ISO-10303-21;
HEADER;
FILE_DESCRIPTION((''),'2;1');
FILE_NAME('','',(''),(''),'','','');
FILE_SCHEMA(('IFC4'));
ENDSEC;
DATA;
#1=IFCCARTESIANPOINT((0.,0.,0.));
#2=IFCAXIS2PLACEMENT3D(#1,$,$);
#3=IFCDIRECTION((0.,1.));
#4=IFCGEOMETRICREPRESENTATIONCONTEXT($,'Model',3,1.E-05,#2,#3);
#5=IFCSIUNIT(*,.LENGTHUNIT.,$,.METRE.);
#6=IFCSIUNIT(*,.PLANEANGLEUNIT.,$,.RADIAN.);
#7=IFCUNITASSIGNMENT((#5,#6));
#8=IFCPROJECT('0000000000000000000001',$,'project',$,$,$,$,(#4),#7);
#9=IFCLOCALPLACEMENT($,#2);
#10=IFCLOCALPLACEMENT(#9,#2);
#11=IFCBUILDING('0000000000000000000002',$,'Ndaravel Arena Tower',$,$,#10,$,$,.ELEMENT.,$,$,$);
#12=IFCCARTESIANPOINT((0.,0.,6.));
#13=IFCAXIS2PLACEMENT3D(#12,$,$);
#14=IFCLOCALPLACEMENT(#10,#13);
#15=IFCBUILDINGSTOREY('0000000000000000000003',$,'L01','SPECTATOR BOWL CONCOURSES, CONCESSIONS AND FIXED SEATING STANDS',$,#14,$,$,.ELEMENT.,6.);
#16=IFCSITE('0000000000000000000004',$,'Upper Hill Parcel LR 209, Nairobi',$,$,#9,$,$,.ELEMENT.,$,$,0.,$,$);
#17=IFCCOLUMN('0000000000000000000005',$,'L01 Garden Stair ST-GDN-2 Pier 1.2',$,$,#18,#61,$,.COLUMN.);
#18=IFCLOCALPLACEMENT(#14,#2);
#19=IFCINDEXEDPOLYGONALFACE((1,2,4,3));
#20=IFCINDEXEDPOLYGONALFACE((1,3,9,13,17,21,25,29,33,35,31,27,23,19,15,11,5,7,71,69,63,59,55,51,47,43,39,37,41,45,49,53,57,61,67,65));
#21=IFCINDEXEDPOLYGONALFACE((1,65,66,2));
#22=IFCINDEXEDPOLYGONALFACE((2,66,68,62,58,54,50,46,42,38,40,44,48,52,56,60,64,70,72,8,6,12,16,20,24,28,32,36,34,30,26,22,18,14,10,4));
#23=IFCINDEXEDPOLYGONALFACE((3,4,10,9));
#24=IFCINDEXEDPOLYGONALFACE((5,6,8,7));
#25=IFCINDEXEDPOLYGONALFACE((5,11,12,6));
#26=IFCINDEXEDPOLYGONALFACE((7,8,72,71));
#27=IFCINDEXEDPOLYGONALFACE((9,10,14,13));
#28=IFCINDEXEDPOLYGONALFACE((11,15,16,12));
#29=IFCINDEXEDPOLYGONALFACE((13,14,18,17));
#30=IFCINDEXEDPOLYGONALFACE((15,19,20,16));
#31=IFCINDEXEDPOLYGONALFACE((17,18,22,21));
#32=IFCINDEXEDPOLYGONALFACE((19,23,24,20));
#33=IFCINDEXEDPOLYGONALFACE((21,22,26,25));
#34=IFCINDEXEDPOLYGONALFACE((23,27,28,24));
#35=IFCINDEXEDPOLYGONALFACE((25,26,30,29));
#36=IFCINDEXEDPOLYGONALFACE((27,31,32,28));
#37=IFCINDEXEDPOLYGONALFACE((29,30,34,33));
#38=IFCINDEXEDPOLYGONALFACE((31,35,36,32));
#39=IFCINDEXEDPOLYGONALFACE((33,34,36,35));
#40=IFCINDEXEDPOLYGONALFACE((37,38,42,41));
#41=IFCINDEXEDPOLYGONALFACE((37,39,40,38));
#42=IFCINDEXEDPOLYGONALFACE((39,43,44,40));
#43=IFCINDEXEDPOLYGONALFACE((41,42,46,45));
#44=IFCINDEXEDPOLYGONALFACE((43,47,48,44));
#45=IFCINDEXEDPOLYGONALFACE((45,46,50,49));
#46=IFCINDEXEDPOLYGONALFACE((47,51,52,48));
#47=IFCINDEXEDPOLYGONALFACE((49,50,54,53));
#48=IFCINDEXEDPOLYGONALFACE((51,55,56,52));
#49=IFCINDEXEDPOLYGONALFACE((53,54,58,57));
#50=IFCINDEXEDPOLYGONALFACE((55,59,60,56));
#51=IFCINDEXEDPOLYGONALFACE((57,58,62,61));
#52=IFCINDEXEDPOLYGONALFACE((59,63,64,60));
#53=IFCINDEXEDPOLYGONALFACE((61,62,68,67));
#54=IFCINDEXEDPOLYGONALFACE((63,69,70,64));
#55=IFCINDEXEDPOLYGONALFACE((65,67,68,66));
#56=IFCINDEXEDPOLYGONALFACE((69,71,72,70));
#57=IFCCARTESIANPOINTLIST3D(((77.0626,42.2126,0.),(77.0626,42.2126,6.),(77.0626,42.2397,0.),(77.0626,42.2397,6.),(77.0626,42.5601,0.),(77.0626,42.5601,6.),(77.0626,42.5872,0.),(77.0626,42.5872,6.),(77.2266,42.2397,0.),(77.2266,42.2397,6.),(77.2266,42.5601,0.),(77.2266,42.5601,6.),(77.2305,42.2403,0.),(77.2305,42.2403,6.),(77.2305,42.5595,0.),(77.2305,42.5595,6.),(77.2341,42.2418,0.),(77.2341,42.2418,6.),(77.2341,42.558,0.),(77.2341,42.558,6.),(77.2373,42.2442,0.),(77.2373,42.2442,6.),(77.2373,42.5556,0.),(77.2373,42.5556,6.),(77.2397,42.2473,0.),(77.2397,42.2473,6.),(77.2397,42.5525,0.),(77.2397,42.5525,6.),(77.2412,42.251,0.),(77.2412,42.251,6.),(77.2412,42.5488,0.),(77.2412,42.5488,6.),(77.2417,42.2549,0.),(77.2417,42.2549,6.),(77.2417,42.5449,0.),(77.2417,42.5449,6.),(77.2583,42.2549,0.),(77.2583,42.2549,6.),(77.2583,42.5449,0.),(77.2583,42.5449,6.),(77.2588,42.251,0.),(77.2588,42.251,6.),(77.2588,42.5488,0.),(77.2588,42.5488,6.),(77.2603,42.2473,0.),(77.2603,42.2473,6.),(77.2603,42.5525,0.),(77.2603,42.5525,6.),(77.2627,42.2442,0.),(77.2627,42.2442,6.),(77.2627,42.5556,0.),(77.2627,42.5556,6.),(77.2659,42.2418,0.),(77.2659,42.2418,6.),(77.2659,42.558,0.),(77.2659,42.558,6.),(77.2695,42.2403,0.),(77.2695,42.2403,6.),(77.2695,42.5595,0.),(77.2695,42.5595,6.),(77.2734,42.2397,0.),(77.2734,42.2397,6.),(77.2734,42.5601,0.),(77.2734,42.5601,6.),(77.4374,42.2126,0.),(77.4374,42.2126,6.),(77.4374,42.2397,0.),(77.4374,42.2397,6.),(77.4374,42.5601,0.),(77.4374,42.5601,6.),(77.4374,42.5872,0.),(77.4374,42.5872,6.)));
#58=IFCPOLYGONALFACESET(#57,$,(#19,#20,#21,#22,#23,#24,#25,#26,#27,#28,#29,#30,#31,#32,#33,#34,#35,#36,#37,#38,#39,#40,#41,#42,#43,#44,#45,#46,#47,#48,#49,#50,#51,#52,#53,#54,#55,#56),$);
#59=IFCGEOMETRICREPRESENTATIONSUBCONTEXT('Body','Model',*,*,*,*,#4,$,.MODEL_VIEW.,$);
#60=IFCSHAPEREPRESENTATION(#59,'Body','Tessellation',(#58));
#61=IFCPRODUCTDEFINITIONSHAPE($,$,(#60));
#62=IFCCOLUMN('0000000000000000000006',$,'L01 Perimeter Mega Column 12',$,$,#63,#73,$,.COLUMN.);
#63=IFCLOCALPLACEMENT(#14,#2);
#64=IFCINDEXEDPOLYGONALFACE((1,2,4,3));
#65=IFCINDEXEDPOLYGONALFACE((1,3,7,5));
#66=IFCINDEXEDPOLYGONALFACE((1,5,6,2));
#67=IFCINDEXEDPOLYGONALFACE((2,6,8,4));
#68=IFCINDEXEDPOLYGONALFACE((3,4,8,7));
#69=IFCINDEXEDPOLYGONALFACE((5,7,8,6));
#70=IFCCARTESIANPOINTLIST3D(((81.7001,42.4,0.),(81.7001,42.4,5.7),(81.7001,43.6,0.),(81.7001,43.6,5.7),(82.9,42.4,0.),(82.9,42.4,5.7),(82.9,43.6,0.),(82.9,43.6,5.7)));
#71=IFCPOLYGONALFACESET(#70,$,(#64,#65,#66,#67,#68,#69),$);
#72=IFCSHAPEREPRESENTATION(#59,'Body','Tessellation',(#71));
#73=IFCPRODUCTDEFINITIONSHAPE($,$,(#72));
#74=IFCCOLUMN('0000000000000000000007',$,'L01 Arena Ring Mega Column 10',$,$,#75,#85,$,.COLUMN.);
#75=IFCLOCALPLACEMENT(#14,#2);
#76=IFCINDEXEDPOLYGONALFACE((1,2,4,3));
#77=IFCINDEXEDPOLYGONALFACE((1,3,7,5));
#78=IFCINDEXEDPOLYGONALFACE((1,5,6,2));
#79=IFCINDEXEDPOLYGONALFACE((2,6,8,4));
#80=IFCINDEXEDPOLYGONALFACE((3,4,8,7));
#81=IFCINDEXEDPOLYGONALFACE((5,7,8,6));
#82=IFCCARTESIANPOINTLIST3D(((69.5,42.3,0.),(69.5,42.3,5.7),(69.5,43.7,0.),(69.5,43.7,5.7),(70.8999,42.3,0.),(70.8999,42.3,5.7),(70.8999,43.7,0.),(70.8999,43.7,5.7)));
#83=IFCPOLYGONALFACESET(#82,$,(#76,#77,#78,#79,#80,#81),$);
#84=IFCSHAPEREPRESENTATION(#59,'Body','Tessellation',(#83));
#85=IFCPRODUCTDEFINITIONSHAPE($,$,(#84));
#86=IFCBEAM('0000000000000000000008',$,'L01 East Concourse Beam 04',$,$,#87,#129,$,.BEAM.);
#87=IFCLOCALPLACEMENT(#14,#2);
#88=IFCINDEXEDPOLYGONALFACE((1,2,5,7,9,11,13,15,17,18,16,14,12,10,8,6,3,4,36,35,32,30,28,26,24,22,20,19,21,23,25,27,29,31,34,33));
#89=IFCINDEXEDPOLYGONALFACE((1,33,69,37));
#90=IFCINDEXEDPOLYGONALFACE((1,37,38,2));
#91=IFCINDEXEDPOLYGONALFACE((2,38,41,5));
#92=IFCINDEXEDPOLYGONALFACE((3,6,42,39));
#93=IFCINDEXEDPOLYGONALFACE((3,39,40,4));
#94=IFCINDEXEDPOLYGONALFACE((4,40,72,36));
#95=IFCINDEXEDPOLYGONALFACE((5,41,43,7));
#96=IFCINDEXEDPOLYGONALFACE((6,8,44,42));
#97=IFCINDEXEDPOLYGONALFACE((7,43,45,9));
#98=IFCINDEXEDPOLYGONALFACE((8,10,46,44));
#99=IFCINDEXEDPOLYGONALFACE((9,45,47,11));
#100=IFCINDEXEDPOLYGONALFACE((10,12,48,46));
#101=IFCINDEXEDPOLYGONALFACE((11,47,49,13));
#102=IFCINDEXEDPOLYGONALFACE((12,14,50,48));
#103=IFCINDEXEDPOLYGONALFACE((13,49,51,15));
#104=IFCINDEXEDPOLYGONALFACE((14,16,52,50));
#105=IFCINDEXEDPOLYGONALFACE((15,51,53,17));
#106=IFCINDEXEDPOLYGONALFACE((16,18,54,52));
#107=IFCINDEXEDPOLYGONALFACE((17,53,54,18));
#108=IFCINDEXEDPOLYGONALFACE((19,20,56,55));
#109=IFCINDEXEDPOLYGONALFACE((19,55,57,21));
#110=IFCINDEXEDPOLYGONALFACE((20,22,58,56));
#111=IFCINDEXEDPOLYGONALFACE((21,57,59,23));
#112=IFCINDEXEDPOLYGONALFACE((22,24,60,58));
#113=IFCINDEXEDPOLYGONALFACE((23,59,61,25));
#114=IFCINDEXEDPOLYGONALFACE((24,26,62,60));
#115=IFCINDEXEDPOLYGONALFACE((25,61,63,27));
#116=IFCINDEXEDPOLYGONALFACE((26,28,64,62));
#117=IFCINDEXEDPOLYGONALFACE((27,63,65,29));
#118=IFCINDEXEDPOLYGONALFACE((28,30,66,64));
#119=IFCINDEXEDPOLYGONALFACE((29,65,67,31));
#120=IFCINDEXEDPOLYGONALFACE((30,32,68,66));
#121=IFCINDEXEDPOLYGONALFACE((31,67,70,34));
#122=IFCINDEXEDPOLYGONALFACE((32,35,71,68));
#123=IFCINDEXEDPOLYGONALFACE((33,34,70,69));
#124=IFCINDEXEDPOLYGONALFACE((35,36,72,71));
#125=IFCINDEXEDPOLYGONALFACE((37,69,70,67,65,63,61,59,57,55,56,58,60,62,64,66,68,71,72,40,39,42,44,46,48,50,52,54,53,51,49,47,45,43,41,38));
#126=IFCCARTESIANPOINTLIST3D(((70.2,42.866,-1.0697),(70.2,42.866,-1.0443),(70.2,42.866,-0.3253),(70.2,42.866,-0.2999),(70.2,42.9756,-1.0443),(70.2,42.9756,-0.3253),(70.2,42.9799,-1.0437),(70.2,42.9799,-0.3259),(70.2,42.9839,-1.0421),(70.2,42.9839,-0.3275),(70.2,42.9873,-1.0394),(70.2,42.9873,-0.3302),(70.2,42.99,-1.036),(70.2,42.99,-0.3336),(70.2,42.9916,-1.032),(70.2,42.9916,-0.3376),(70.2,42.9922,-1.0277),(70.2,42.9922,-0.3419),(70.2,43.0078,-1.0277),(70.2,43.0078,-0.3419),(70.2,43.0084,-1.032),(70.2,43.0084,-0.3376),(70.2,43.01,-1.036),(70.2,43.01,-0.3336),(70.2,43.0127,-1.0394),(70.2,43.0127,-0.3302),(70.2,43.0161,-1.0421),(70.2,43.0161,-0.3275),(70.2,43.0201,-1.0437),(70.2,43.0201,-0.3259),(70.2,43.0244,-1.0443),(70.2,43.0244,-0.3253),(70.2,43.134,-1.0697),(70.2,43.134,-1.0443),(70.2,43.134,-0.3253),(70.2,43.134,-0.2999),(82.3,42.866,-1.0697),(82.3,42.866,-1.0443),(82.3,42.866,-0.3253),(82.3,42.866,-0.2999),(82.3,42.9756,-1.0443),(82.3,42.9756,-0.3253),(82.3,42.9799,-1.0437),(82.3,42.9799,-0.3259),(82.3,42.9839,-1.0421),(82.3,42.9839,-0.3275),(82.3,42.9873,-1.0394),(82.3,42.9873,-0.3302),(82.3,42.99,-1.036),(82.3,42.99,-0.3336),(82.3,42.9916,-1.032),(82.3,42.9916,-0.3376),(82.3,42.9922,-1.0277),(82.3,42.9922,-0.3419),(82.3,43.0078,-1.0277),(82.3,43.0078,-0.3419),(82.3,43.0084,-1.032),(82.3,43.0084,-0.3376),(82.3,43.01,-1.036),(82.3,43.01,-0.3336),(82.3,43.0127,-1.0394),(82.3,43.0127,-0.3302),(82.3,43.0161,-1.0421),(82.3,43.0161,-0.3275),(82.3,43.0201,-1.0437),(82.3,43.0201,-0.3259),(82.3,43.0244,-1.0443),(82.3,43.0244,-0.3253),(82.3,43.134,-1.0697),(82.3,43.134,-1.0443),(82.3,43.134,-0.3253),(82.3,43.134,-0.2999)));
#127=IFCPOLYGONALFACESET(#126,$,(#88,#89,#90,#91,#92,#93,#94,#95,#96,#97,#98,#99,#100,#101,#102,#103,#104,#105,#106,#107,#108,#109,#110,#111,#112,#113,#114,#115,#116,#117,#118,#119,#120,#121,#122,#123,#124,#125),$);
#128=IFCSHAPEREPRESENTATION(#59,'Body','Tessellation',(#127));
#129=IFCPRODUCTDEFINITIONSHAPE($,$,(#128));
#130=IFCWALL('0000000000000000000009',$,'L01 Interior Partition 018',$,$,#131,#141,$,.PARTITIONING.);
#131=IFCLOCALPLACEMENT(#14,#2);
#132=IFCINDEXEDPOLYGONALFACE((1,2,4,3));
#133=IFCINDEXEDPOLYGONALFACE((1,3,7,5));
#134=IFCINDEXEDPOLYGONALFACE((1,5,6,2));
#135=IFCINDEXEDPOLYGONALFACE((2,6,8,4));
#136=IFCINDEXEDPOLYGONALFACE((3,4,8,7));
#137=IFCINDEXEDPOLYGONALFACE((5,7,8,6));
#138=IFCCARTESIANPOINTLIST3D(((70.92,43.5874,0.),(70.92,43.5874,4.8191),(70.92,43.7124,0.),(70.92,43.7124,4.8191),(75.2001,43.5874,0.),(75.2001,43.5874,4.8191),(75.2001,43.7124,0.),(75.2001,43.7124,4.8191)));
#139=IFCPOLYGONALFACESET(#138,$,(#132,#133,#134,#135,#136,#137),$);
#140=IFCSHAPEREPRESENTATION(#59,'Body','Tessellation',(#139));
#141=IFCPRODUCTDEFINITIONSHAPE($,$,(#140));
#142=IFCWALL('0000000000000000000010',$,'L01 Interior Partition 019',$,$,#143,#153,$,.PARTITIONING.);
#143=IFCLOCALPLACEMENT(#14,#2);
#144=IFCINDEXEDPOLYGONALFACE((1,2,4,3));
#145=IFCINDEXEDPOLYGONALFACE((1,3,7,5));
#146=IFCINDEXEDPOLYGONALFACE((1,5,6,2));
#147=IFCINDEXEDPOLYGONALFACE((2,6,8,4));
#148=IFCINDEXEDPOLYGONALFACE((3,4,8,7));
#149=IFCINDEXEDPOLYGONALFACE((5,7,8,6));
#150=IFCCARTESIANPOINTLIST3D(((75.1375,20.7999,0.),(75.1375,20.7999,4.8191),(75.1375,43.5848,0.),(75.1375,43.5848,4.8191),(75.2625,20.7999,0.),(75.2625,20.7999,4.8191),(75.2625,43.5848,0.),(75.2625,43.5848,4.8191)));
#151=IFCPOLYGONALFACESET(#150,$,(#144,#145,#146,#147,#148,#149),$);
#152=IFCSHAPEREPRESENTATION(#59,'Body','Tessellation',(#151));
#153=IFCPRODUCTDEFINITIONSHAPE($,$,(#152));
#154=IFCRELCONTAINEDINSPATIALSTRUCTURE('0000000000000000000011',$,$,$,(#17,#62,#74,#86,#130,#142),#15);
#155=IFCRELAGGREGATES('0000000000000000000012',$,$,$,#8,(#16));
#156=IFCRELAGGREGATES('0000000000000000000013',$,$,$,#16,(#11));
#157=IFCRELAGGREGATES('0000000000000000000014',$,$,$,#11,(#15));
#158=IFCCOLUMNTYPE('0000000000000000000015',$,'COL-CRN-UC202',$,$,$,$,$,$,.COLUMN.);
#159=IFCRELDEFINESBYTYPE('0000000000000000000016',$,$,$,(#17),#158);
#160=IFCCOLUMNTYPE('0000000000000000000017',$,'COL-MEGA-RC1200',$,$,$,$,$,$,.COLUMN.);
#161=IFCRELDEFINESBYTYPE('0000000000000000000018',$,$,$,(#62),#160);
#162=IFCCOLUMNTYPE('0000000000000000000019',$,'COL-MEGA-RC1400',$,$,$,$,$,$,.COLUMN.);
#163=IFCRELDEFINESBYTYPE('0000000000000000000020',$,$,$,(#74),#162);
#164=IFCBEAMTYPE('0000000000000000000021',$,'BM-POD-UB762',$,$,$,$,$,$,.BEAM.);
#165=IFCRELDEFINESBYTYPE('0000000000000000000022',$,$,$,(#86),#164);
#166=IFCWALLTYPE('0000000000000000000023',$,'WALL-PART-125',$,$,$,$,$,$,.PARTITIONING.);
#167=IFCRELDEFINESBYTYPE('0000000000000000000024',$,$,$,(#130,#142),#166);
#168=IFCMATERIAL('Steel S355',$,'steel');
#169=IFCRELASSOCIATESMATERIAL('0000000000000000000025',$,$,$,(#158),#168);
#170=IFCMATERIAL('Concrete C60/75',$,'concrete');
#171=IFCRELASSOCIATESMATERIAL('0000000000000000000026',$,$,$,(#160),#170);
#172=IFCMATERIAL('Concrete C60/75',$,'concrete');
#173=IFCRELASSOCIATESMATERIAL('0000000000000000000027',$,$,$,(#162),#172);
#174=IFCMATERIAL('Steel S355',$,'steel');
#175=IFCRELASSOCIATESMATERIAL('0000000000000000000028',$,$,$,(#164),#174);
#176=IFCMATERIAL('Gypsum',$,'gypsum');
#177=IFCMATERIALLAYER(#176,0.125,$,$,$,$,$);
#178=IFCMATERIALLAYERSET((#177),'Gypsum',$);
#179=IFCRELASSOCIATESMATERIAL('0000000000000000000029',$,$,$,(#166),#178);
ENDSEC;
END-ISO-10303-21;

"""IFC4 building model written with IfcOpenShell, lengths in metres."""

from ifc_helpers import new_model, si_unit, direction, frame, frame_2d, origin, origin_2d, place, context, subcontext, project, spatial, rectangle, i_section, extrude, material, layer, layer_set, material_profile, profile_set, type_object, element, save


model = new_model("IFC4")

# Units and contexts
model_context = context("Model", 3, precision=1e-05, world=origin(), true_north=direction((0.0, 1.0)))
body_context = subcontext(model_context, "Body", "Model", "MODEL_VIEW")
ifc_project = project(units=[si_unit("LENGTHUNIT", "METRE"), si_unit("PLANEANGLEUNIT", "RADIAN")], contexts=[model_context])

# Site, building, storey
site_placement = place(None, origin())
site = spatial("IfcSite", under=ifc_project, at=site_placement, Name="Upper Hill Parcel LR 209, Nairobi", CompositionType="ELEMENT", RefElevation=0.0)
building_placement = place(site_placement, origin())
building = spatial("IfcBuilding", under=site, at=building_placement, Name="Ndaravel Arena Tower", CompositionType="ELEMENT")
storey_placement = place(building_placement, frame((0.0, 0.0, 6.0)))
storey = spatial("IfcBuildingStorey", under=building, at=storey_placement, Name="L01", Description="SPECTATOR BOWL CONCOURSES, CONCESSIONS AND FIXED SEATING STANDS", CompositionType="ELEMENT", Elevation=6.0)

# Columns
ifc_material_1 = material(Name="Steel S355", Category="steel")
ifc_material_profile_1 = material_profile(ifc_material_1, i_section(OverallWidth=0.3748, OverallDepth=0.3745, WebThickness=0.0166, FlangeThickness=0.0271, FilletRadius=0.0151, at=origin_2d()), Name="UC 356x368x202")
ifc_profile_set_1 = profile_set([ifc_material_profile_1], Name="Steel S355")
column_type_1 = type_object("IfcColumnType", Name="COL-CRN-UC202", PredefinedType="COLUMN", material=ifc_profile_set_1)
column_1_placement = place(storey_placement, frame((77.25, 42.3999, 0.0), z_axis=(0.0, 0.0, 1.0), x_axis=(1.0, 0.0, 0.0)))
element("IfcColumn", 1, at=column_1_placement, inside=storey, type_object=column_type_1, Name="L01 Garden Stair ST-GDN-2 Pier 1.2", PredefinedType="COLUMN", context=body_context, shape_type="SweptSolid", body=[
    extrude(i_section(OverallWidth=0.3748, OverallDepth=0.3745, WebThickness=0.0166, FlangeThickness=0.0271, FilletRadius=0.0151, at=origin_2d()), origin(), (0.0, 0.0, 1.0), 6.0),
])
ifc_material_2 = material(Name="Concrete C60/75", Category="concrete")
ifc_material_profile_2 = material_profile(ifc_material_2, rectangle(XDim=1.2, YDim=1.2, at=origin_2d()), Name="RC 1200x1200")
ifc_profile_set_2 = profile_set([ifc_material_profile_2], Name="Concrete C60/75")
column_type_2 = type_object("IfcColumnType", Name="COL-MEGA-RC1200", PredefinedType="COLUMN", material=ifc_profile_set_2)
column_2_placement = place(storey_placement, frame((82.3, 43.0, 0.0), z_axis=(0.0, 0.0, 1.0), x_axis=(1.0, 0.0, 0.0)))
element("IfcColumn", 2, at=column_2_placement, inside=storey, type_object=column_type_2, Name="L01 Perimeter Mega Column 12", PredefinedType="COLUMN", context=body_context, shape_type="SweptSolid", body=[
    extrude(rectangle(XDim=1.2, YDim=1.2, at=origin_2d()), origin(), (0.0, 0.0, 1.0), 5.7),
])
ifc_material_3 = material(Name="Concrete C60/75", Category="concrete")
ifc_material_profile_3 = material_profile(ifc_material_3, rectangle(XDim=1.3999, YDim=1.3999, at=origin_2d()), Name="RC 1400x1400")
ifc_profile_set_3 = profile_set([ifc_material_profile_3], Name="Concrete C60/75")
column_type_3 = type_object("IfcColumnType", Name="COL-MEGA-RC1400", PredefinedType="COLUMN", material=ifc_profile_set_3)
column_3_placement = place(storey_placement, frame((70.2, 43.0, 0.0), z_axis=(0.0, 0.0, 1.0), x_axis=(1.0, 0.0, 0.0)))
element("IfcColumn", 3, at=column_3_placement, inside=storey, type_object=column_type_3, Name="L01 Arena Ring Mega Column 10", PredefinedType="COLUMN", context=body_context, shape_type="SweptSolid", body=[
    extrude(rectangle(XDim=1.3999, YDim=1.3999, at=origin_2d()), origin(), (0.0, 0.0, 1.0), 5.7),
])

# Beam
ifc_material_4 = material(Name="Steel S355", Category="steel")
ifc_material_profile_4 = material_profile(ifc_material_4, i_section(OverallWidth=0.2681, OverallDepth=0.7698, WebThickness=0.0156, FlangeThickness=0.0254, FilletRadius=0.0166, at=origin_2d()), Name="UB 762x267x197")
ifc_profile_set_4 = profile_set([ifc_material_profile_4], Name="Steel S355")
beam_type = type_object("IfcBeamType", Name="BM-POD-UB762", PredefinedType="BEAM", material=ifc_profile_set_4)
beam_placement = place(storey_placement, frame((70.2, 43.0, -0.6848), z_axis=(1.0, 0.0, 0.0), x_axis=(0.0, 1.0, 0.0)))
element("IfcBeam", 4, at=beam_placement, inside=storey, type_object=beam_type, Name="L01 East Concourse Beam 04", PredefinedType="BEAM", context=body_context, shape_type="SweptSolid", body=[
    extrude(i_section(OverallWidth=0.2681, OverallDepth=0.7698, WebThickness=0.0156, FlangeThickness=0.0254, FilletRadius=0.0166, at=origin_2d()), origin(), (0.0, 0.0, 1.0), 12.1001),
])

# Walls
ifc_material_5 = material(Name="Gypsum", Category="gypsum")
ifc_layer_1 = layer(ifc_material_5, 0.125)
ifc_layer_set_1 = layer_set([ifc_layer_1], Name="Gypsum")
wall_type_1 = type_object("IfcWallType", Name="WALL-PART-125", PredefinedType="PARTITIONING", material=ifc_layer_set_1)
wall_1_placement = place(storey_placement, frame((70.9199, 43.6499, 0.0), z_axis=(0.0, 0.0, 1.0), x_axis=(1.0, 0.0, 0.0)))
element("IfcWall", 5, at=wall_1_placement, inside=storey, type_object=wall_type_1, Name="L01 Interior Partition 018", PredefinedType="PARTITIONING", context=body_context, shape_type="SweptSolid", body=[
    extrude(rectangle(XDim=4.28, YDim=0.125, at=frame_2d((2.1401, 0.0))), origin(), (0.0, 0.0, 1.0), 4.8191),
])
wall_2_placement = place(storey_placement, frame((75.2, 43.585, 0.0), z_axis=(0.0, 0.0, 1.0), x_axis=(0.0, -1.0, 0.0)))
element("IfcWall", 6, at=wall_2_placement, inside=storey, type_object=wall_type_1, Name="L01 Interior Partition 019", PredefinedType="PARTITIONING", context=body_context, shape_type="SweptSolid", body=[
    extrude(rectangle(XDim=22.7849, YDim=0.125, at=frame_2d((11.3926, 0.0))), origin(), (0.0, 0.0, 1.0), 4.8191),
])

save(model, "model.ifc")
